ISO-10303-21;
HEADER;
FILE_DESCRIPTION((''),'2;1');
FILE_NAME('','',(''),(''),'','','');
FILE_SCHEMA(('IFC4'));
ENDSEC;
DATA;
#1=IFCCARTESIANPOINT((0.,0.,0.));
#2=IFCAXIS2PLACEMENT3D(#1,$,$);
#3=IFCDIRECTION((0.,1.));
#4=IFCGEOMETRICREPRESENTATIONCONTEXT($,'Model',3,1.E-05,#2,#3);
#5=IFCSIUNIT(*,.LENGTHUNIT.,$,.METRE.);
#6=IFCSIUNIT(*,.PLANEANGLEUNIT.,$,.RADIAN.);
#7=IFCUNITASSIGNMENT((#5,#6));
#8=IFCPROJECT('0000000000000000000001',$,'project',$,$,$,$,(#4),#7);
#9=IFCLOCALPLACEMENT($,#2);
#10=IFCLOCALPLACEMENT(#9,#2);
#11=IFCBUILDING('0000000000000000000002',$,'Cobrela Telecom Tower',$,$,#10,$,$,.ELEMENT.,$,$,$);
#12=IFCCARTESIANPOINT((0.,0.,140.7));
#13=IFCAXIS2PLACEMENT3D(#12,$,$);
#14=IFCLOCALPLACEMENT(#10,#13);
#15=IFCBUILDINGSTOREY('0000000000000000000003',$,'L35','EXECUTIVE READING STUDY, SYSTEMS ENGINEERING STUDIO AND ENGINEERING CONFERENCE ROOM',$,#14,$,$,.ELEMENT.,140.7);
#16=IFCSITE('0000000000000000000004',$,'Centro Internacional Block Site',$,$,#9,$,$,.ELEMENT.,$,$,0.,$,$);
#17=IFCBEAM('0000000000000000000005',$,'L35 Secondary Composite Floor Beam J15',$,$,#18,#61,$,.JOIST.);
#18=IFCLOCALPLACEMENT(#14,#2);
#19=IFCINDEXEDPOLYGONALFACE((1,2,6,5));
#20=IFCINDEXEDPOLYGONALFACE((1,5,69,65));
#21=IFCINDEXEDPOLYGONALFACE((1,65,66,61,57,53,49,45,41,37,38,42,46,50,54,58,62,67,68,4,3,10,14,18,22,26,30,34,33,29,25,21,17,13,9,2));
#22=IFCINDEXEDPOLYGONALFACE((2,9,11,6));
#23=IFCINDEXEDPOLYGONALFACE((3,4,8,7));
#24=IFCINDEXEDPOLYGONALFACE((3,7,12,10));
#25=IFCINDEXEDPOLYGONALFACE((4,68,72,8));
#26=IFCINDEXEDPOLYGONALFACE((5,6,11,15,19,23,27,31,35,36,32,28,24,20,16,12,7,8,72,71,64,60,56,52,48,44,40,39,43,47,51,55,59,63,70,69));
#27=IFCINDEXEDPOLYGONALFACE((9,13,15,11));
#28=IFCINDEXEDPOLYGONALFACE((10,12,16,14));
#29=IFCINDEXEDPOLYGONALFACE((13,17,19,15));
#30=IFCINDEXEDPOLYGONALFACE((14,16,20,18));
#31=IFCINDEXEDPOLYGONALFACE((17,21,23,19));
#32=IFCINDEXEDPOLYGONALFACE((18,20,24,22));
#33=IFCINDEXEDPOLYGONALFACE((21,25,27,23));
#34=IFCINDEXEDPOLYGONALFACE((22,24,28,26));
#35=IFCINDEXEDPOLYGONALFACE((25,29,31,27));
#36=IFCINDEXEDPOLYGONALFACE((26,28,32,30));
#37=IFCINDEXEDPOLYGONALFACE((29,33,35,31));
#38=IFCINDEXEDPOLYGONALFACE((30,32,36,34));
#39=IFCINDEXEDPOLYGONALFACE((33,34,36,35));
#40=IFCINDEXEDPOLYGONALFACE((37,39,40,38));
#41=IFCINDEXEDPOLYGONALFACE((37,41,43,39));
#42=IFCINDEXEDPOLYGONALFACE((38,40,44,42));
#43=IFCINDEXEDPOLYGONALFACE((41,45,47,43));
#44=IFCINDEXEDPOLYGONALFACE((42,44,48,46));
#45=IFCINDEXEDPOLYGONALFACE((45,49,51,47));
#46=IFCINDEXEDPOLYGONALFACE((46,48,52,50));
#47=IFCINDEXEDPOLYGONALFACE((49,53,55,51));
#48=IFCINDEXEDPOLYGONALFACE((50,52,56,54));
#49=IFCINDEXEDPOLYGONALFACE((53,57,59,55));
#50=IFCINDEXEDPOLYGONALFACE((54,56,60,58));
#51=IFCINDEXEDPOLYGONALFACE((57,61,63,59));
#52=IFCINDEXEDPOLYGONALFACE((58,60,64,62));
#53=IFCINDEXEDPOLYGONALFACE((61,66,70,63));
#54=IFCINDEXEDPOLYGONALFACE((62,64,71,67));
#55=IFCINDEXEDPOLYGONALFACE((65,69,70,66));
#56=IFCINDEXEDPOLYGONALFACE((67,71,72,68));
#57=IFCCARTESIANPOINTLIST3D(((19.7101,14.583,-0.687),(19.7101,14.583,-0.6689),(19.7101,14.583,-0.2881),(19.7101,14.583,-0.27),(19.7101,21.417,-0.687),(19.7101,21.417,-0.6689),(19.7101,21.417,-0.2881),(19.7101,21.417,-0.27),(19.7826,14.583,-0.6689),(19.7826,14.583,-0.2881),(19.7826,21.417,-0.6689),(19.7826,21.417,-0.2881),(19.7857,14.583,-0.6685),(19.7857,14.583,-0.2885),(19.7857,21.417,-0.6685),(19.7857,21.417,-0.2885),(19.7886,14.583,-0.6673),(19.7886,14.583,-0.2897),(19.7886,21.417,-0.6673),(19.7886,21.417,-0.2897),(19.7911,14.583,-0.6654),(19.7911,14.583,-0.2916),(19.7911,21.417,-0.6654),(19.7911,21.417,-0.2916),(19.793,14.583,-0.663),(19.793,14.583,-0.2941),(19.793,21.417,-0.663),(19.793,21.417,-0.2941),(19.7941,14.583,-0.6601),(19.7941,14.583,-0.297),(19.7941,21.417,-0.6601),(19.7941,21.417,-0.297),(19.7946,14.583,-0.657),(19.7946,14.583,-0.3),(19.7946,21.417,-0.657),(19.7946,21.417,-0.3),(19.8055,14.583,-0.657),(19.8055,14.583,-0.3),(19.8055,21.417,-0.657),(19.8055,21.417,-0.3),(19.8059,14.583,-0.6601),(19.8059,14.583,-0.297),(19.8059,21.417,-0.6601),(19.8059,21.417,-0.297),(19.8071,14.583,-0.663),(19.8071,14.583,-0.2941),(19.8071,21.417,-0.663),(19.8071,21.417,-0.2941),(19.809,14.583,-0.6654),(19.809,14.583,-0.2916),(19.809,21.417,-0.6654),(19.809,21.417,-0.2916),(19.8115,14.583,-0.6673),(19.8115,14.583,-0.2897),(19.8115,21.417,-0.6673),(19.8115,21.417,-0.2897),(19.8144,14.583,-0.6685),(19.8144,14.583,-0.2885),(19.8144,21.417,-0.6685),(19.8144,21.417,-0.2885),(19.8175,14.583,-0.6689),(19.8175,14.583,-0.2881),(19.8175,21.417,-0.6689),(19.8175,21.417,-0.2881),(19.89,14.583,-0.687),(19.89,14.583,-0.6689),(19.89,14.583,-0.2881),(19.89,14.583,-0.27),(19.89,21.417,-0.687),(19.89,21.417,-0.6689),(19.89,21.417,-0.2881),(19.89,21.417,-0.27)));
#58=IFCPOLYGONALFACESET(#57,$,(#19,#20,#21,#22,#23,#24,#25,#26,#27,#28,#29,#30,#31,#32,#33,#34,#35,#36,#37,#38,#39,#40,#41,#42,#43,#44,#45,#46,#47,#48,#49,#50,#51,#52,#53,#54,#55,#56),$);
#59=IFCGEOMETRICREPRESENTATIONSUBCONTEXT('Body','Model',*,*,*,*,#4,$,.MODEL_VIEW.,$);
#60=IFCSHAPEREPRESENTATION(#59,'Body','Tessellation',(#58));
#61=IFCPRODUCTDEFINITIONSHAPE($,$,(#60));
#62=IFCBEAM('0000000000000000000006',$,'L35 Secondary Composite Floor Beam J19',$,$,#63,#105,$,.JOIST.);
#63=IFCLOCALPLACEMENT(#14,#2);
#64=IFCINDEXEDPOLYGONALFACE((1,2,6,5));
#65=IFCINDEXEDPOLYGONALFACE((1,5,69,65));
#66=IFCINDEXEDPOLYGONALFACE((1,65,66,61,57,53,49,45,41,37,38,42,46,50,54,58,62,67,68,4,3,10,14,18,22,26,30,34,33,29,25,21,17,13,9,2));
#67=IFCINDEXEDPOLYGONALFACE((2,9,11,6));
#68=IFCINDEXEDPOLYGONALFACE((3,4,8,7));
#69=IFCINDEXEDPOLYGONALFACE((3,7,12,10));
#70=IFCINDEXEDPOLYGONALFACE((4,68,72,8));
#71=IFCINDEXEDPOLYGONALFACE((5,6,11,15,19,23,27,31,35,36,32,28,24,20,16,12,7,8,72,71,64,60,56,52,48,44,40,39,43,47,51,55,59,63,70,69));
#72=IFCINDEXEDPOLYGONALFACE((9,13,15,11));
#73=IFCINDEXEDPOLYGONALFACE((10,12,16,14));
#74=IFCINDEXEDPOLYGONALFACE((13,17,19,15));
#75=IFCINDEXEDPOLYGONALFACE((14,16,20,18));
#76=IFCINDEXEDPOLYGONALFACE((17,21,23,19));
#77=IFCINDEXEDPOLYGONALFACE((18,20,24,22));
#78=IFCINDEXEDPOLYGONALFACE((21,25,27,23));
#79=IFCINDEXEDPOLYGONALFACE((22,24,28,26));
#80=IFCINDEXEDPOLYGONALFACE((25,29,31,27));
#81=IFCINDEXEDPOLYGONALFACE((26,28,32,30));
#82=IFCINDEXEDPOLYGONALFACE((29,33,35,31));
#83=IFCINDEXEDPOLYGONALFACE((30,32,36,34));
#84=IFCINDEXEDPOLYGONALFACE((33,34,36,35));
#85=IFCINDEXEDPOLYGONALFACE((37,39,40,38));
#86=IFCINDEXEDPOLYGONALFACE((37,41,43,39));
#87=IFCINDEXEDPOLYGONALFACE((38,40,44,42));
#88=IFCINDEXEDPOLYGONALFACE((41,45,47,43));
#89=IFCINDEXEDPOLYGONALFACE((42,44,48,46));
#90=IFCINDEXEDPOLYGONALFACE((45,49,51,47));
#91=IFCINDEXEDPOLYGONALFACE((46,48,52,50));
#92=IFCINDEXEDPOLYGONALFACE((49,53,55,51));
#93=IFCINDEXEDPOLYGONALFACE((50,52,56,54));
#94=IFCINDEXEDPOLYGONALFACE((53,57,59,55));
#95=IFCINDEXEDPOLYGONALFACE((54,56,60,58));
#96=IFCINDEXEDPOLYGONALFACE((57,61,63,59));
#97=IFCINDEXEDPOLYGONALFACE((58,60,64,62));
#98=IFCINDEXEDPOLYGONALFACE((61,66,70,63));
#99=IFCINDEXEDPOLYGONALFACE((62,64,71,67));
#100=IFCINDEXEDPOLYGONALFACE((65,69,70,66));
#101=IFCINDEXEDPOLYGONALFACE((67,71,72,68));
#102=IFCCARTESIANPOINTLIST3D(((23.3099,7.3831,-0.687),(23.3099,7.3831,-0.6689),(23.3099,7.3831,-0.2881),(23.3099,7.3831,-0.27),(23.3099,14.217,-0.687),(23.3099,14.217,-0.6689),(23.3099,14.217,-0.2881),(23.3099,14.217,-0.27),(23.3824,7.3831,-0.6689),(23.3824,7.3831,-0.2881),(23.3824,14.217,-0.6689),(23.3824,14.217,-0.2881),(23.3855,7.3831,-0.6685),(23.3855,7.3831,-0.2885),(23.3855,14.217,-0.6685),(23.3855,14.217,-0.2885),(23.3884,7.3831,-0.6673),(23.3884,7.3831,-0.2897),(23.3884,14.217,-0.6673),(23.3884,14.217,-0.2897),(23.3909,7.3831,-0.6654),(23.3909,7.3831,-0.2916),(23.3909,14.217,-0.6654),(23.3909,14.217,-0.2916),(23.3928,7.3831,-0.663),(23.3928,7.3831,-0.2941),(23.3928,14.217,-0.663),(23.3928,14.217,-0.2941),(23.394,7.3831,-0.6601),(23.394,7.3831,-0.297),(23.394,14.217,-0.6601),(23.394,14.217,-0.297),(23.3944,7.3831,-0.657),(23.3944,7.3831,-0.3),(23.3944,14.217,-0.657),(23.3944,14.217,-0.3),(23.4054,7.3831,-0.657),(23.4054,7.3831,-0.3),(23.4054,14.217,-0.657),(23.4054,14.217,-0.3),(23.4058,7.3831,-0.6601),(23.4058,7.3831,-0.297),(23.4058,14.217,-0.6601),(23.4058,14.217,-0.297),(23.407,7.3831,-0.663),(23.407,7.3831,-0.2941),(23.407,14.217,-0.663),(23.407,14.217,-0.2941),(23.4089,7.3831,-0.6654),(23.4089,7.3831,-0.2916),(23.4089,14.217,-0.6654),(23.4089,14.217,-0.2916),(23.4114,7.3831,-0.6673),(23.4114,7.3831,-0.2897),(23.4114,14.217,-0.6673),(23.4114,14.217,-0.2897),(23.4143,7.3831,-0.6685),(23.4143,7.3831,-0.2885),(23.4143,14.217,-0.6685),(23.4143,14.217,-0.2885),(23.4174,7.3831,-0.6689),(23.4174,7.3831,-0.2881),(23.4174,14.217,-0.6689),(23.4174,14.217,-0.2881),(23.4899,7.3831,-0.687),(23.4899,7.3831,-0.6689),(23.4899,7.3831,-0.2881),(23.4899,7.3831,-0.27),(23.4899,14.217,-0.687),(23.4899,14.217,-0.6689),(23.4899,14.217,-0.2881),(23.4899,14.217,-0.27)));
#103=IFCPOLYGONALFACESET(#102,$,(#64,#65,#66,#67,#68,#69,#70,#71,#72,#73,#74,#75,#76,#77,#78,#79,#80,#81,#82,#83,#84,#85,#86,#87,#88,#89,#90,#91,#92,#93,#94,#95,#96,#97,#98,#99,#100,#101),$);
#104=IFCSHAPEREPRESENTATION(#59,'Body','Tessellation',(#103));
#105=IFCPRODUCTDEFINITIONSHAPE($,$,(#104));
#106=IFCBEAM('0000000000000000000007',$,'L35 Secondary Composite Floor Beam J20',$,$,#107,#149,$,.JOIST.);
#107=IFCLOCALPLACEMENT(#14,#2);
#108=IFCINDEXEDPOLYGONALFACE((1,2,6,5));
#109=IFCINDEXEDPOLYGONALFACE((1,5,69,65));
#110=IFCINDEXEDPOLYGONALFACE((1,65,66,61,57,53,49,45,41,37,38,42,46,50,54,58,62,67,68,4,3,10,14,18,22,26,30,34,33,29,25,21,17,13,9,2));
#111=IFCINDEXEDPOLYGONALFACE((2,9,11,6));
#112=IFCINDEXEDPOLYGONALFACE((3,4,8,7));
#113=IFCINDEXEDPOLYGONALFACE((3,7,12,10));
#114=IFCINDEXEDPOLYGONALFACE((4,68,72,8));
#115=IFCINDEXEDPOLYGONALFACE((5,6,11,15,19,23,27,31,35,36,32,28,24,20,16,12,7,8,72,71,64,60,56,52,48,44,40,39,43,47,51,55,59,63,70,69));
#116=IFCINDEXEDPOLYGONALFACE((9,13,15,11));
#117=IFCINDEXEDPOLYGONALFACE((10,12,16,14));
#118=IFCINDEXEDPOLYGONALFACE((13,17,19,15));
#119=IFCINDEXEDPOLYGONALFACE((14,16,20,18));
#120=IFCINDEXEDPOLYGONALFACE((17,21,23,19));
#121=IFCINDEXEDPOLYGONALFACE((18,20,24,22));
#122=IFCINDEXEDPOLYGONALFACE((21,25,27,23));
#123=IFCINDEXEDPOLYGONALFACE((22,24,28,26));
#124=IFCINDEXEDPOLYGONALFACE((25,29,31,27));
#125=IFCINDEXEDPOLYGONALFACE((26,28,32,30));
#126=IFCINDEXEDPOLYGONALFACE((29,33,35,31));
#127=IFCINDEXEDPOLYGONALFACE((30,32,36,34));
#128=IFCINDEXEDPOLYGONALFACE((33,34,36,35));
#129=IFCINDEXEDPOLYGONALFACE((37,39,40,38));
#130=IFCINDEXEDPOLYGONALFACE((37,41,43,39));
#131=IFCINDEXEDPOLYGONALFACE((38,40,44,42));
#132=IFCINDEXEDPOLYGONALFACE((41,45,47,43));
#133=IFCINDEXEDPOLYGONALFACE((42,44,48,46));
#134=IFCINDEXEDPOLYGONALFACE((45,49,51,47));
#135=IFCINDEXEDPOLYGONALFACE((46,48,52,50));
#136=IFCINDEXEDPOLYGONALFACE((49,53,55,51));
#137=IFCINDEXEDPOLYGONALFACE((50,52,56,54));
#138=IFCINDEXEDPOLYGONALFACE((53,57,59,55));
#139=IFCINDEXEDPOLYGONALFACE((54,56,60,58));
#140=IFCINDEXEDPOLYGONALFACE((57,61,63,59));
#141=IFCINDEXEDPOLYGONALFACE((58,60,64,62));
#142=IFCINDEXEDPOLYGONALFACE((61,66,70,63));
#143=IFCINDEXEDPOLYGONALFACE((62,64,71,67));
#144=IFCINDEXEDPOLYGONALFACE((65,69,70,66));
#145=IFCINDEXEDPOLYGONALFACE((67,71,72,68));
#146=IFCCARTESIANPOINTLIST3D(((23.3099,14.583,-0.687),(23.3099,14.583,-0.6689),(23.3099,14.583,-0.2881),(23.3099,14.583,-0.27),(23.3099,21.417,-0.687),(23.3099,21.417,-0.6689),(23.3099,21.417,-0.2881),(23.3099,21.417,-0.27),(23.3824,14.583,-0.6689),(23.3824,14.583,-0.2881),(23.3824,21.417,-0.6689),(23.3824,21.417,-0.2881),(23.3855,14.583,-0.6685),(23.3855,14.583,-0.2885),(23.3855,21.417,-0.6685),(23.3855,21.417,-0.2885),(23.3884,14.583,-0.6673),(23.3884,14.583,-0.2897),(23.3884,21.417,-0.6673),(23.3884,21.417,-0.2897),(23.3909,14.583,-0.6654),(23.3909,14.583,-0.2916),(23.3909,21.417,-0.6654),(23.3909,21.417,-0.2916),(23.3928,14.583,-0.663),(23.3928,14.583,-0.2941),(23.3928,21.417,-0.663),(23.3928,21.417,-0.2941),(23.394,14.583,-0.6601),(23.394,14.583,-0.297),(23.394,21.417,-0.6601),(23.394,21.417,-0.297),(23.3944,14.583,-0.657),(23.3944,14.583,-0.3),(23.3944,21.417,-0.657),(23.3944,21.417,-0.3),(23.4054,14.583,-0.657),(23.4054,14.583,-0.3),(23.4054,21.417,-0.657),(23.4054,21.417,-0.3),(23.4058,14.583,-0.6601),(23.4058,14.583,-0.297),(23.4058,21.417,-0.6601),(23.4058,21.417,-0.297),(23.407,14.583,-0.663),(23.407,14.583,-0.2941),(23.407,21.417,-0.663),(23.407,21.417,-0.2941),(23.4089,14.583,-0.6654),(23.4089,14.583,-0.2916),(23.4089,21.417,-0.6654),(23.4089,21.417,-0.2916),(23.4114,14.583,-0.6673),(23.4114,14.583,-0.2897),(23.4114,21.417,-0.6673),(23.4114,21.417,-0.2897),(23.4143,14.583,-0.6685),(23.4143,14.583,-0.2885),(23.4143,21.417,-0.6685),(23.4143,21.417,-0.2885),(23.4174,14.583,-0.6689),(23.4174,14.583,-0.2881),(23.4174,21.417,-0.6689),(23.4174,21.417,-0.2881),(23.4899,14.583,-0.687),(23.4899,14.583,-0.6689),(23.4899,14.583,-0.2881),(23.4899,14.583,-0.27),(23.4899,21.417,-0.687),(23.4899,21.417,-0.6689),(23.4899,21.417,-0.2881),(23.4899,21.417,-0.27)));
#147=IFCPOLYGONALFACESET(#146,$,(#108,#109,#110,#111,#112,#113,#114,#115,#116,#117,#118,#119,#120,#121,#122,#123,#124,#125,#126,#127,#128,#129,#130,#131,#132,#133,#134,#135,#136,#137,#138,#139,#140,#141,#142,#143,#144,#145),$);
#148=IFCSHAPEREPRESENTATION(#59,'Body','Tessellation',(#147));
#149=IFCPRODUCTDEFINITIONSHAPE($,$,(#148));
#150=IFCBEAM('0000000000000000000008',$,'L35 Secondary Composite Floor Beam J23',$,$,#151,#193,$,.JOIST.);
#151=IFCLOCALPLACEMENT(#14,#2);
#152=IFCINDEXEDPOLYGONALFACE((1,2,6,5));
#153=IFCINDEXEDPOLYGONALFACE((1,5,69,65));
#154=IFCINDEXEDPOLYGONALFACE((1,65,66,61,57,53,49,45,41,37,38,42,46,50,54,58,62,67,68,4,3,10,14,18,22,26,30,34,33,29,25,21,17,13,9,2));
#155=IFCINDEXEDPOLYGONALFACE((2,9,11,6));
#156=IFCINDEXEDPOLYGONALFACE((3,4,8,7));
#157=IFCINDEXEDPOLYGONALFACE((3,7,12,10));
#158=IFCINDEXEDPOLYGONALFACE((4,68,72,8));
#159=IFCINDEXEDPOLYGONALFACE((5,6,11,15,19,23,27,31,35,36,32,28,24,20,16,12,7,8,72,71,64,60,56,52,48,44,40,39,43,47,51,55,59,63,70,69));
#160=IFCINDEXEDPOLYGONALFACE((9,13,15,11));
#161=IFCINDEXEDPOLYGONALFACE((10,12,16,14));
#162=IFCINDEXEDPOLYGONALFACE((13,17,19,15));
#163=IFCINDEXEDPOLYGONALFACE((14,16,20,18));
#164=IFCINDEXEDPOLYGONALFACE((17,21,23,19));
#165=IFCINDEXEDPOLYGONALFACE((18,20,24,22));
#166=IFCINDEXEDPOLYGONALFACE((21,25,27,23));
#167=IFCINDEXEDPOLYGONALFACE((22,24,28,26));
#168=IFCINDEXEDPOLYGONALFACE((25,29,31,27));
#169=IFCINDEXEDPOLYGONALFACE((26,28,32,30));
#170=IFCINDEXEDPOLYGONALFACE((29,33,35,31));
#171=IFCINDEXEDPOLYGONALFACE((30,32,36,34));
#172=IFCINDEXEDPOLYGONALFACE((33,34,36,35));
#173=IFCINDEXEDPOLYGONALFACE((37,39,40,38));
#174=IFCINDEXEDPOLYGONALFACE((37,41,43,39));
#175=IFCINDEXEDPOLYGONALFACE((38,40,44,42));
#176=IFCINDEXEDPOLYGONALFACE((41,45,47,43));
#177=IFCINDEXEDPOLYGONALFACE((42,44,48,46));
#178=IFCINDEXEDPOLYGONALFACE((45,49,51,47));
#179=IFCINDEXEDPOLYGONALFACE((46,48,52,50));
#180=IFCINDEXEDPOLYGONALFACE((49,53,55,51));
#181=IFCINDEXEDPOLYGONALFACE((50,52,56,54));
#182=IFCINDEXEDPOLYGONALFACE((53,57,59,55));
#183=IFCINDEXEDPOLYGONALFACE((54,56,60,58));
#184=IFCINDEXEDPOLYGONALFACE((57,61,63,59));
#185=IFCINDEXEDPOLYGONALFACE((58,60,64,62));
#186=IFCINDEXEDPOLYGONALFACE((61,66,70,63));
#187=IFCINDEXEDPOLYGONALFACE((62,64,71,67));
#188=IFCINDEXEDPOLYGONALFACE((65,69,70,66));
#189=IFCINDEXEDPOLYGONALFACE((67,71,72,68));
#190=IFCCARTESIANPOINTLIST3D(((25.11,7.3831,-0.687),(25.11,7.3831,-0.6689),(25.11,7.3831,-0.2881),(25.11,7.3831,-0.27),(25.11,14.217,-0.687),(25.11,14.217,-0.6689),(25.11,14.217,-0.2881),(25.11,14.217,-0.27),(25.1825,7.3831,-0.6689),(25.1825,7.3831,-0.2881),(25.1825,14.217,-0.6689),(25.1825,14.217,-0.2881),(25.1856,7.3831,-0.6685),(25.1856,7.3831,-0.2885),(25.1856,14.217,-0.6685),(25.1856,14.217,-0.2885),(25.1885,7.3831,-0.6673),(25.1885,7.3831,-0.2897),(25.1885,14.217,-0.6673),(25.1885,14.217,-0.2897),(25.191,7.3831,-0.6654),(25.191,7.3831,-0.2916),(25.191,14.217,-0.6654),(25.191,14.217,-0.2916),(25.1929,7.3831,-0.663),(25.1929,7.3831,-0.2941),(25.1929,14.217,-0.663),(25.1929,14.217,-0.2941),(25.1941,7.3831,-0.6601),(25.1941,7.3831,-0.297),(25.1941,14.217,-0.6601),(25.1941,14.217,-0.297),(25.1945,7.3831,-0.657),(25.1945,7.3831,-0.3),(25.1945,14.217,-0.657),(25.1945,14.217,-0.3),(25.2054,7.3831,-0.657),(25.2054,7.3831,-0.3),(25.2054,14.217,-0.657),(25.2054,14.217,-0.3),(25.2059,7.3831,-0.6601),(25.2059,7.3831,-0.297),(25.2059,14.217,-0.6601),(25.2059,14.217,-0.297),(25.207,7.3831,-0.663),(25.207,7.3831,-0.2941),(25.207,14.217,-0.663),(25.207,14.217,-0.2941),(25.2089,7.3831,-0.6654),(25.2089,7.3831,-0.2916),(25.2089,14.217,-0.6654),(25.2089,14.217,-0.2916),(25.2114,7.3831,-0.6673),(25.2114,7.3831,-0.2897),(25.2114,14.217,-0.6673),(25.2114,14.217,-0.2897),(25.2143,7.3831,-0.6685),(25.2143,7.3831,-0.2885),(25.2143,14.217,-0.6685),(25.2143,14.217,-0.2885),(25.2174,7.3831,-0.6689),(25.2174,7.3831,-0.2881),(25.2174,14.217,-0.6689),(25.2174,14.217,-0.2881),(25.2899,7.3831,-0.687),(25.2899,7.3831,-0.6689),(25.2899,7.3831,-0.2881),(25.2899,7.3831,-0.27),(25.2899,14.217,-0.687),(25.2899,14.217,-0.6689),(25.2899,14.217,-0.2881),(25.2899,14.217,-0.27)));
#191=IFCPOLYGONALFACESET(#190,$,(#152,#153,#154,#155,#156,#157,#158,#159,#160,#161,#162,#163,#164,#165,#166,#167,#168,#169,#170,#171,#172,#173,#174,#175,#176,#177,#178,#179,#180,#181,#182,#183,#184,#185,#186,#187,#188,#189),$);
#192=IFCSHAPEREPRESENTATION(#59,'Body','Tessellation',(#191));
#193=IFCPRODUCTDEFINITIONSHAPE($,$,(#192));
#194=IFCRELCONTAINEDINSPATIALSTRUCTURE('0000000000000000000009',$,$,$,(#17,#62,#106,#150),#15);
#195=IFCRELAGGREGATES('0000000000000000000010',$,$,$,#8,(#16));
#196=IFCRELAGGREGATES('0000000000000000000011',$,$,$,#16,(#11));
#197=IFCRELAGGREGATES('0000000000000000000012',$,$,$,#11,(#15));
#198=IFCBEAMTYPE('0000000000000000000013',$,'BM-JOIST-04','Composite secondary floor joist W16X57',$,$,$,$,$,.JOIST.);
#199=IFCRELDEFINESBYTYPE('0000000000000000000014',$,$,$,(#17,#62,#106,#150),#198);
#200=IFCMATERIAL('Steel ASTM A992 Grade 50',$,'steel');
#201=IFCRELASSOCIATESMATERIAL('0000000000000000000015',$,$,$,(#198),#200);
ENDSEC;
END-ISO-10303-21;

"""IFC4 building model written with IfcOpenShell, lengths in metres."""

from ifc_helpers import new_model, si_unit, direction, frame, origin, origin_2d, place, context, subcontext, project, spatial, i_section, extrude, material, material_profile, profile_set, type_object, element, save


model = new_model("IFC4")

# Units and contexts
model_context = context("Model", 3, precision=1e-05, world=origin(), true_north=direction((0.0, 1.0)))
body_context = subcontext(model_context, "Body", "Model", "MODEL_VIEW")
ifc_project = project(units=[si_unit("LENGTHUNIT", "METRE"), si_unit("PLANEANGLEUNIT", "RADIAN")], contexts=[model_context])

# Site, building, storey
site_placement = place(None, origin())
site = spatial("IfcSite", under=ifc_project, at=site_placement, Name="Centro Internacional Block Site", CompositionType="ELEMENT", RefElevation=0.0)
building_placement = place(site_placement, origin())
building = spatial("IfcBuilding", under=site, at=building_placement, Name="Cobrela Telecom Tower", CompositionType="ELEMENT")
storey_placement = place(building_placement, frame((0.0, 0.0, 140.7)))
storey = spatial("IfcBuildingStorey", under=building, at=storey_placement, Name="L35", Description="EXECUTIVE READING STUDY, SYSTEMS ENGINEERING STUDIO AND ENGINEERING CONFERENCE ROOM", CompositionType="ELEMENT", Elevation=140.7)

# Shared definitions
ifc_material_1 = material(Name="Steel ASTM A992 Grade 50", Category="steel")

# Beams
ifc_material_profile_1 = material_profile(ifc_material_1, i_section(OverallWidth=0.1799, OverallDepth=0.417, WebThickness=0.011, FlangeThickness=0.0181, FilletRadius=0.012, at=origin_2d()), Name="W16X57")
ifc_profile_set_1 = profile_set([ifc_material_profile_1], Name="Steel ASTM A992 Grade 50")
beam_type_1 = type_object("IfcBeamType", Name="BM-JOIST-04", Description="Composite secondary floor joist W16X57", PredefinedType="JOIST", material=ifc_profile_set_1)
for number, where, z_axis, x_axis, name in (
    (1, (19.8, 14.583, -0.4785), (0.0, 1.0, 0.0), (-1.0, 0.0, 0.0), "L35 Secondary Composite Floor Beam J15"),
    (2, (23.3999, 7.3831, -0.4785), (0.0, 1.0, 0.0), (-1.0, 0.0, 0.0), "L35 Secondary Composite Floor Beam J19"),
    (3, (23.3999, 14.583, -0.4785), (0.0, 1.0, 0.0), (-1.0, 0.0, 0.0), "L35 Secondary Composite Floor Beam J20"),
    (4, (25.2, 7.3831, -0.4785), (0.0, 1.0, 0.0), (-1.0, 0.0, 0.0), "L35 Secondary Composite Floor Beam J23"),
):
    element("IfcBeam", number, at=place(storey_placement, frame(where, z_axis=z_axis, x_axis=x_axis)), inside=storey, type_object=beam_type_1, Name=name, PredefinedType="JOIST", context=body_context, shape_type="SweptSolid", body=[
        extrude(i_section(OverallWidth=0.1799, OverallDepth=0.417, WebThickness=0.011, FlangeThickness=0.0181, FilletRadius=0.012, at=origin_2d()), origin(), (0.0, 0.0, 1.0), 6.834),
    ])

save(model, "model.ifc")
